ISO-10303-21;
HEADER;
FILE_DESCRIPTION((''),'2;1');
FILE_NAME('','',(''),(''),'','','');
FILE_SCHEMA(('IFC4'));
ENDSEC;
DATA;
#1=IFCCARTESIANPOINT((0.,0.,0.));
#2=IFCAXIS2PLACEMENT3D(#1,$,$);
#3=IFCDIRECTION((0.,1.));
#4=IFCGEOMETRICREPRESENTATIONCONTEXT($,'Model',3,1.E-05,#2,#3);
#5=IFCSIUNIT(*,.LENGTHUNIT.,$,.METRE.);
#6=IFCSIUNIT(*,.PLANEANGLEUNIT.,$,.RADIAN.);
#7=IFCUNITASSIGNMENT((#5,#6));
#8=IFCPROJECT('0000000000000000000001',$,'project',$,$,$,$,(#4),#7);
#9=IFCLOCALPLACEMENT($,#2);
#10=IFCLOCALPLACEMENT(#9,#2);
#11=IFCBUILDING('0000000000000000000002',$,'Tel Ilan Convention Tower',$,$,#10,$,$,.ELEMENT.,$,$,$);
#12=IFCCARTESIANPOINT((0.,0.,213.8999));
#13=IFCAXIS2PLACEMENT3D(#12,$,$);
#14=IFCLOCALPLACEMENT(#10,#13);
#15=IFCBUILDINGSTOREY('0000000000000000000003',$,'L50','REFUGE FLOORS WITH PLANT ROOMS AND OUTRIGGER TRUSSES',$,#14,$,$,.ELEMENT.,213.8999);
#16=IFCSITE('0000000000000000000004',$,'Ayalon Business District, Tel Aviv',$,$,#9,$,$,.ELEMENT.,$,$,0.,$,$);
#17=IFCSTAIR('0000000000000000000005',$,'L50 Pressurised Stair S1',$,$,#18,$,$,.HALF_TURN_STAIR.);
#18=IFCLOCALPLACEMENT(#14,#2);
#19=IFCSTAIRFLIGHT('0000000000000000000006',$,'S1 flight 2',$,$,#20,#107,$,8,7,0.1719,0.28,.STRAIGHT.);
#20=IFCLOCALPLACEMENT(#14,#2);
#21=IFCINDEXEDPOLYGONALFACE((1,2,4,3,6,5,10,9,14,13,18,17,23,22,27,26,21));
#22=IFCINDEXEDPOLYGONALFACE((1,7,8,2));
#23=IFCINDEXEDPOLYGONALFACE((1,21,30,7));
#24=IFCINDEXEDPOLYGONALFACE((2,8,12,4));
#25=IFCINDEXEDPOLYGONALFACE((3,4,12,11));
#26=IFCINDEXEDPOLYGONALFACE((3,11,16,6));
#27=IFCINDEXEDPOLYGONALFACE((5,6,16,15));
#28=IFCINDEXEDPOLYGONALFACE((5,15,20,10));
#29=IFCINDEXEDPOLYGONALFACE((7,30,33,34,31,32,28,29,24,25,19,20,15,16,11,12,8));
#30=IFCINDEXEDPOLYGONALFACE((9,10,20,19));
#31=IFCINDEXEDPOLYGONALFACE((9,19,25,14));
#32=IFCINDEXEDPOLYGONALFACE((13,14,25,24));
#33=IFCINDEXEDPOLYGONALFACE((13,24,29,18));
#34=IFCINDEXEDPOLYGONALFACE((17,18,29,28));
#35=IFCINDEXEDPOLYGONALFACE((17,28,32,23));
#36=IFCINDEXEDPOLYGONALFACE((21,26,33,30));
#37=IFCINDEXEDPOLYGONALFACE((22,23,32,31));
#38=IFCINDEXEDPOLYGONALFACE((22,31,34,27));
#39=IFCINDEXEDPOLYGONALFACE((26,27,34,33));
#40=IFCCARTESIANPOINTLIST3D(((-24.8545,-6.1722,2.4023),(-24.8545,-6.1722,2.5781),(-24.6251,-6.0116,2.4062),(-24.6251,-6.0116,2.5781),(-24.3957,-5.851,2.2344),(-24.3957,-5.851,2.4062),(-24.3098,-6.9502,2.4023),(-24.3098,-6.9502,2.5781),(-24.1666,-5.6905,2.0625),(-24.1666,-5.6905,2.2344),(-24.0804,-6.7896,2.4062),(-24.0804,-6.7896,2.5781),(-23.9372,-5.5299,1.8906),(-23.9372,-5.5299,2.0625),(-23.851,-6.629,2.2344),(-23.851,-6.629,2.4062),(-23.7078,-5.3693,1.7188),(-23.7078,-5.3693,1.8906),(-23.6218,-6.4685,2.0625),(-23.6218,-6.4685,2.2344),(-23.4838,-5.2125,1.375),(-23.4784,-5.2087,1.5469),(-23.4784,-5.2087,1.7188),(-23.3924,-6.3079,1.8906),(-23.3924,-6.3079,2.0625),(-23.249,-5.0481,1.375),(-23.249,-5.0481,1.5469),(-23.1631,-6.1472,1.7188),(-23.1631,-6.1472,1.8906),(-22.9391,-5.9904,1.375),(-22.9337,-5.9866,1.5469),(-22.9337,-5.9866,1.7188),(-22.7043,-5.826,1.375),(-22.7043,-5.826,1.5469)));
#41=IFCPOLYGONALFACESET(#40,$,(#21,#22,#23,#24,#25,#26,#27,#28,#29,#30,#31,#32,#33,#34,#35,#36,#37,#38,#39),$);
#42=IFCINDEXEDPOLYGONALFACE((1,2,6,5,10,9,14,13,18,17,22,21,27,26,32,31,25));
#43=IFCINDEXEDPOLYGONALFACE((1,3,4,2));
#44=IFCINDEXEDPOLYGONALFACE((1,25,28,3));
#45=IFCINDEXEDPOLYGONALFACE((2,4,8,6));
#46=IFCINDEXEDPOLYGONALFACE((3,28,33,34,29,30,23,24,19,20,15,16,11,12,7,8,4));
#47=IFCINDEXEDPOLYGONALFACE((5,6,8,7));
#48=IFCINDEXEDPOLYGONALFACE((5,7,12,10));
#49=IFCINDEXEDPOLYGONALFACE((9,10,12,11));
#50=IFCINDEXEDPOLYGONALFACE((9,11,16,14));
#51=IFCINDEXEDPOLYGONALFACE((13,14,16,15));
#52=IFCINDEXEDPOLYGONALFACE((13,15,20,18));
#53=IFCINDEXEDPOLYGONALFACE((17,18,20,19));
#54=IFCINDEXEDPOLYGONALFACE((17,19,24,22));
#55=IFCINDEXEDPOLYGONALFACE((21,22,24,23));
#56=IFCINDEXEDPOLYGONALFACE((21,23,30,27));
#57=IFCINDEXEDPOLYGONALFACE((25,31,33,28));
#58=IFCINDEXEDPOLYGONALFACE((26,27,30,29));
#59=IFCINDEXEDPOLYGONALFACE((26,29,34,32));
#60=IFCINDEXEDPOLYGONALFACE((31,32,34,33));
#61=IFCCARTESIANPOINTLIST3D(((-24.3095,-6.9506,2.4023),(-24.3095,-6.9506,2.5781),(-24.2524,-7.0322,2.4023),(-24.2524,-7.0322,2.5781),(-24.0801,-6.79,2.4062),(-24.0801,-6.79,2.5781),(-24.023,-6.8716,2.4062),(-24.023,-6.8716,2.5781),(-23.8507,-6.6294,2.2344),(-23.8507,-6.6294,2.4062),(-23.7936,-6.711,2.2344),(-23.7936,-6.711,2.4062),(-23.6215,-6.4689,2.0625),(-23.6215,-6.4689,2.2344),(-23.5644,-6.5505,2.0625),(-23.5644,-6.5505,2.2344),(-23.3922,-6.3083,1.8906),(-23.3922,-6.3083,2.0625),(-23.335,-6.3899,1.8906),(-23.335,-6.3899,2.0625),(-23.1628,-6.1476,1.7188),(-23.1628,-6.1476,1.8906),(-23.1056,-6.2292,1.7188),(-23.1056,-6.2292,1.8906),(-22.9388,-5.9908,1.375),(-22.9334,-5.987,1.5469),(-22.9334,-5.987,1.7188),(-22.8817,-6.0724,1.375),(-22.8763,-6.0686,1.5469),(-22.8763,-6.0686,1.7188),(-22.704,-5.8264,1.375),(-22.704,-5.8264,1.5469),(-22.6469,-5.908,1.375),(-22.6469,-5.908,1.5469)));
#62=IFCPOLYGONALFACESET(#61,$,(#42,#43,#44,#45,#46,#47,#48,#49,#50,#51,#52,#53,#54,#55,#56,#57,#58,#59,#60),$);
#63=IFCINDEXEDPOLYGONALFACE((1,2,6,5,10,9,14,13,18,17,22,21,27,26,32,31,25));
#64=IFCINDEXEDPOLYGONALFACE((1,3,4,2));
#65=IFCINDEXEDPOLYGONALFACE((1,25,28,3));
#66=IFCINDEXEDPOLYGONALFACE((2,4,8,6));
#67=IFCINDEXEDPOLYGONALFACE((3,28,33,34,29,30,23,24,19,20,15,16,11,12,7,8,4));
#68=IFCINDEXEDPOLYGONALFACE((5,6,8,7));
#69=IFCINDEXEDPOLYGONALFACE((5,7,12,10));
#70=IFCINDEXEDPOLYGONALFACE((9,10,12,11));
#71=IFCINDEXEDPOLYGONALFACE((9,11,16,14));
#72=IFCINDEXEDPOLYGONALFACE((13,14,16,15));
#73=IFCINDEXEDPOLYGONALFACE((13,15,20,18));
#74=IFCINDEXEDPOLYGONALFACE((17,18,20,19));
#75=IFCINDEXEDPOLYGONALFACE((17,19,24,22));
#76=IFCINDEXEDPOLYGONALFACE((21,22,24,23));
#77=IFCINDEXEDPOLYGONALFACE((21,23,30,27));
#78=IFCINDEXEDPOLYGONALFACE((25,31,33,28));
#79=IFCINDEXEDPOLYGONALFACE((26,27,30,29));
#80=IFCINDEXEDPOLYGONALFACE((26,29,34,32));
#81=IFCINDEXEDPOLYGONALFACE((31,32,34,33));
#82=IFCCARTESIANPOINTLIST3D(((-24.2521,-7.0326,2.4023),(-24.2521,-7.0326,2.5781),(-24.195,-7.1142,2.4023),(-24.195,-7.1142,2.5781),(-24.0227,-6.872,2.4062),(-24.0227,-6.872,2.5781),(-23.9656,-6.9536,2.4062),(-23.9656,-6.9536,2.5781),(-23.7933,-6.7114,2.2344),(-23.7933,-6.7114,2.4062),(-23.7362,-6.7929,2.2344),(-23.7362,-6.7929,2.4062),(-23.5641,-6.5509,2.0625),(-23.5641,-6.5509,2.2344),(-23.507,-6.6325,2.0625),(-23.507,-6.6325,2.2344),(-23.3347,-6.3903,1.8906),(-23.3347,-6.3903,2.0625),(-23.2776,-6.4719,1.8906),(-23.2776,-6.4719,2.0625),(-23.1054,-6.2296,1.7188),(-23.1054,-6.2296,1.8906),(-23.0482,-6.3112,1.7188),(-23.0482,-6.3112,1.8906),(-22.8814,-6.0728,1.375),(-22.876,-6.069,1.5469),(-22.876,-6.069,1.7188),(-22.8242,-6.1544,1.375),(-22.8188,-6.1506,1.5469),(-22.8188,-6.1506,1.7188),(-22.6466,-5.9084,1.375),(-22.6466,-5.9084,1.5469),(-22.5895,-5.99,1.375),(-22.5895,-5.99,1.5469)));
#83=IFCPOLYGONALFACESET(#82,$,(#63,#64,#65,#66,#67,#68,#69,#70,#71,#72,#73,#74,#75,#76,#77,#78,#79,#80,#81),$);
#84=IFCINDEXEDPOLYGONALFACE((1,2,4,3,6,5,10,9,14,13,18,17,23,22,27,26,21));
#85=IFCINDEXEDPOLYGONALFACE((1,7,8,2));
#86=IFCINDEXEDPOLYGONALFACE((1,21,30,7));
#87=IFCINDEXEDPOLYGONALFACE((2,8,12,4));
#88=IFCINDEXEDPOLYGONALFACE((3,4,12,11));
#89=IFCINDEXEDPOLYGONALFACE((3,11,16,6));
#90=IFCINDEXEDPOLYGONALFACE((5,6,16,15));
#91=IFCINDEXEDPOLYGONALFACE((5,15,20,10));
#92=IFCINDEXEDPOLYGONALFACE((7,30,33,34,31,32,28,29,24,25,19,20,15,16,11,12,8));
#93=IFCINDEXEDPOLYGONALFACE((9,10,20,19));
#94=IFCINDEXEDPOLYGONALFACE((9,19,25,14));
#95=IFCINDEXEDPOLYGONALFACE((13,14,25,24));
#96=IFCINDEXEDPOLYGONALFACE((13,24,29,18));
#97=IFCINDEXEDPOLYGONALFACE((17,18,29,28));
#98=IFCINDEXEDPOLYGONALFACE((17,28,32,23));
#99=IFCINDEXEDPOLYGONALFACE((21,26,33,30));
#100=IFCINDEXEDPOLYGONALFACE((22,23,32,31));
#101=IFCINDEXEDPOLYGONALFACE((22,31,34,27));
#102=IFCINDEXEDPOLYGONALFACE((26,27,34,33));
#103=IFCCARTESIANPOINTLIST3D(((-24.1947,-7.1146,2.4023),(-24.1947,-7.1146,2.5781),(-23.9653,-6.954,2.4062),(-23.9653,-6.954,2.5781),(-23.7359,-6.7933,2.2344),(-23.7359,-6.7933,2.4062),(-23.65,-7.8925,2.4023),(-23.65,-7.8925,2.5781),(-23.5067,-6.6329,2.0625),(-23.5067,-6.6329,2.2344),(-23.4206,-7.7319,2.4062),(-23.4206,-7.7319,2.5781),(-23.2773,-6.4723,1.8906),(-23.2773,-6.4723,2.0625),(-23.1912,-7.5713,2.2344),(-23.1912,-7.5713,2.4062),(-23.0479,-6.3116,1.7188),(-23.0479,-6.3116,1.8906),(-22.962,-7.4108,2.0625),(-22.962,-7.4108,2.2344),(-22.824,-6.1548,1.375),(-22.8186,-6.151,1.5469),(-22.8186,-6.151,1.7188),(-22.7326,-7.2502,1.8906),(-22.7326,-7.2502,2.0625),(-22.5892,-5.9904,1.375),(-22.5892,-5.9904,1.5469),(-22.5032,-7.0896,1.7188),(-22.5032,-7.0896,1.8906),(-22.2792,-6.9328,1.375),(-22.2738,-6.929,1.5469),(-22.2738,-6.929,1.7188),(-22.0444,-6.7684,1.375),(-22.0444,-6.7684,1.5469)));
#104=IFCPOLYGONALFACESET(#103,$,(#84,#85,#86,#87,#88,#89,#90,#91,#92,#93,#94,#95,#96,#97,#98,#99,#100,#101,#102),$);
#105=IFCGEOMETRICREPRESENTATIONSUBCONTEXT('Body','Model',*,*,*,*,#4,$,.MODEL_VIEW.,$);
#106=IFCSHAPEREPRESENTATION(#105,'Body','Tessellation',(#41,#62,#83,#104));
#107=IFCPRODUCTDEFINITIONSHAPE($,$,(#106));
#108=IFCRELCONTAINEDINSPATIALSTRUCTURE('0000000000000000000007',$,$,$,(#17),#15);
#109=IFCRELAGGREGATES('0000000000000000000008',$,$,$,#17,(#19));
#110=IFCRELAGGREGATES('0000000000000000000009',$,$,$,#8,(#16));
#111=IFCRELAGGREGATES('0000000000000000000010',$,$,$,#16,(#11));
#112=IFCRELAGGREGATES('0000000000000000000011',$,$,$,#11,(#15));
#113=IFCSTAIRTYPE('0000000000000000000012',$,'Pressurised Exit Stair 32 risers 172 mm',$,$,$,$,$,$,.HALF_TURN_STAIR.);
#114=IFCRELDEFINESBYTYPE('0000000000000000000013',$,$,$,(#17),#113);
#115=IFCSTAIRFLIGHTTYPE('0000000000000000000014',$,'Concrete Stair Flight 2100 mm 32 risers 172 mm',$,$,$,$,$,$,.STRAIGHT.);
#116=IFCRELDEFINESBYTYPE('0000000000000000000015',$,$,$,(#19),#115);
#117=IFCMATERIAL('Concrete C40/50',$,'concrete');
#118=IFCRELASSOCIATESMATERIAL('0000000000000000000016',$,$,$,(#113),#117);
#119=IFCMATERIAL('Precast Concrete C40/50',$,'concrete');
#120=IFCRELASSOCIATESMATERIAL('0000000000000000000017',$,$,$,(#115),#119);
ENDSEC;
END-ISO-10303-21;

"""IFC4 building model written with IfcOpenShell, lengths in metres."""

from ifc_helpers import new_model, si_unit, direction, frame, origin, place, context, subcontext, project, spatial, polyline, outline, extrude, material, type_object, element, aggregate, save


model = new_model("IFC4")

# Units and contexts
model_context = context("Model", 3, precision=1e-05, world=origin(), true_north=direction((0.0, 1.0)))
body_context = subcontext(model_context, "Body", "Model", "MODEL_VIEW")
ifc_project = project(units=[si_unit("LENGTHUNIT", "METRE"), si_unit("PLANEANGLEUNIT", "RADIAN")], contexts=[model_context])

# Site, building, storey
site_placement = place(None, origin())
site = spatial("IfcSite", under=ifc_project, at=site_placement, Name="Ayalon Business District, Tel Aviv", CompositionType="ELEMENT", RefElevation=0.0)
building_placement = place(site_placement, origin())
building = spatial("IfcBuilding", under=site, at=building_placement, Name="Tel Ilan Convention Tower", CompositionType="ELEMENT")
storey_placement = place(building_placement, frame((0.0, 0.0, 213.8999)))
storey = spatial("IfcBuildingStorey", under=building, at=storey_placement, Name="L50", Description="REFUGE FLOORS WITH PLANT ROOMS AND OUTRIGGER TRUSSES", CompositionType="ELEMENT", Elevation=213.8999)

# Stair, stair flight
ifc_material_1 = material(Name="Concrete C40/50", Category="concrete")
stair_type = type_object("IfcStairType", Name="Pressurised Exit Stair 32 risers 172 mm", PredefinedType="HALF_TURN_STAIR", material=ifc_material_1)
stair_placement = place(storey_placement, origin())
stair = element("IfcStair", 1, at=stair_placement, inside=storey, type_object=stair_type, Name="L50 Pressurised Stair S1", PredefinedType="HALF_TURN_STAIR")
ifc_material_2 = material(Name="Precast Concrete C40/50", Category="concrete")
stair_flight_type = type_object("IfcStairFlightType", Name="Concrete Stair Flight 2100 mm 32 risers 172 mm", PredefinedType="STRAIGHT", material=ifc_material_2)
stair_flight_1_placement = place(storey_placement, frame((-22.6467, -5.9082, 1.375), z_axis=(0.0, 0.0, 1.0), x_axis=(-0.819152, -0.573576, 0.0)))
stair_flight_1 = element("IfcStairFlight", 2, at=stair_flight_1_placement, type_object=stair_flight_type, Name="S1 flight 2", NumberOfRisers=8, NumberOfTreads=7, PredefinedType="STRAIGHT", RiserHeight=0.1719, TreadLength=0.28, context=body_context, shape_type="SweptSolid", body=[
    extrude(outline(polyline([(0.0, 0.0), (0.0, 0.1719), (0.28, 0.1719), (0.28, 0.3438), (0.5601, 0.3438), (0.5601, 0.5156), (0.8401, 0.5156), (0.8401, 0.6875), (1.1201, 0.6875), (1.1201, 0.8594), (1.3999, 0.8594), (1.3999, 1.0312), (1.6799, 1.0312), (1.6799, 1.2031), (1.96, 1.2031), (1.96, 1.375), (1.96, 1.0273), (0.2866, 0.0), (0.0, 0.0)])), frame((0.0, -0.1003, 0.0), z_axis=(0.0, -1.0, 0.0), x_axis=(1.0, 0.0, 0.0)), (0.0, 0.0, 1.0), 0.9497),
    extrude(outline(polyline([(0.0, 0.0), (0.0, 0.1719), (0.28, 0.1719), (0.28, 0.3438), (0.5601, 0.3438), (0.5601, 0.5156), (0.8401, 0.5156), (0.8401, 0.6875), (1.1201, 0.6875), (1.1201, 0.8594), (1.3999, 0.8594), (1.3999, 1.0312), (1.6799, 1.0312), (1.6799, 1.2031), (1.96, 1.2031), (1.96, 1.375), (1.96, 1.0273), (0.2866, 0.0), (0.0, 0.0)])), frame((0.0, -0.0002, 0.0), z_axis=(0.0, -1.0, 0.0), x_axis=(1.0, 0.0, 0.0)), (0.0, 0.0, 1.0), 0.0996),
    extrude(outline(polyline([(0.0, 0.0), (0.0, 0.1719), (0.28, 0.1719), (0.28, 0.3438), (0.5601, 0.3438), (0.5601, 0.5156), (0.8401, 0.5156), (0.8401, 0.6875), (1.1201, 0.6875), (1.1201, 0.8594), (1.3999, 0.8594), (1.3999, 1.0312), (1.6799, 1.0312), (1.6799, 1.2031), (1.96, 1.2031), (1.96, 1.375), (1.96, 1.0273), (0.2866, 0.0), (0.0, 0.0)])), frame((0.0, 0.0999, 0.0), z_axis=(0.0, -1.0, 0.0), x_axis=(1.0, 0.0, 0.0)), (0.0, 0.0, 1.0), 0.0996),
    extrude(outline(polyline([(0.0, 0.0), (0.0, 0.1719), (0.28, 0.1719), (0.28, 0.3438), (0.5601, 0.3438), (0.5601, 0.5156), (0.8401, 0.5156), (0.8401, 0.6875), (1.1201, 0.6875), (1.1201, 0.8594), (1.3999, 0.8594), (1.3999, 1.0312), (1.6799, 1.0312), (1.6799, 1.2031), (1.96, 1.2031), (1.96, 1.375), (1.96, 1.0273), (0.2866, 0.0), (0.0, 0.0)])), frame((0.0, 1.05, 0.0), z_axis=(0.0, -1.0, 0.0), x_axis=(1.0, 0.0, 0.0)), (0.0, 0.0, 1.0), 0.9497),
])
aggregate(stair, [stair_flight_1])

save(model, "model.ifc")
